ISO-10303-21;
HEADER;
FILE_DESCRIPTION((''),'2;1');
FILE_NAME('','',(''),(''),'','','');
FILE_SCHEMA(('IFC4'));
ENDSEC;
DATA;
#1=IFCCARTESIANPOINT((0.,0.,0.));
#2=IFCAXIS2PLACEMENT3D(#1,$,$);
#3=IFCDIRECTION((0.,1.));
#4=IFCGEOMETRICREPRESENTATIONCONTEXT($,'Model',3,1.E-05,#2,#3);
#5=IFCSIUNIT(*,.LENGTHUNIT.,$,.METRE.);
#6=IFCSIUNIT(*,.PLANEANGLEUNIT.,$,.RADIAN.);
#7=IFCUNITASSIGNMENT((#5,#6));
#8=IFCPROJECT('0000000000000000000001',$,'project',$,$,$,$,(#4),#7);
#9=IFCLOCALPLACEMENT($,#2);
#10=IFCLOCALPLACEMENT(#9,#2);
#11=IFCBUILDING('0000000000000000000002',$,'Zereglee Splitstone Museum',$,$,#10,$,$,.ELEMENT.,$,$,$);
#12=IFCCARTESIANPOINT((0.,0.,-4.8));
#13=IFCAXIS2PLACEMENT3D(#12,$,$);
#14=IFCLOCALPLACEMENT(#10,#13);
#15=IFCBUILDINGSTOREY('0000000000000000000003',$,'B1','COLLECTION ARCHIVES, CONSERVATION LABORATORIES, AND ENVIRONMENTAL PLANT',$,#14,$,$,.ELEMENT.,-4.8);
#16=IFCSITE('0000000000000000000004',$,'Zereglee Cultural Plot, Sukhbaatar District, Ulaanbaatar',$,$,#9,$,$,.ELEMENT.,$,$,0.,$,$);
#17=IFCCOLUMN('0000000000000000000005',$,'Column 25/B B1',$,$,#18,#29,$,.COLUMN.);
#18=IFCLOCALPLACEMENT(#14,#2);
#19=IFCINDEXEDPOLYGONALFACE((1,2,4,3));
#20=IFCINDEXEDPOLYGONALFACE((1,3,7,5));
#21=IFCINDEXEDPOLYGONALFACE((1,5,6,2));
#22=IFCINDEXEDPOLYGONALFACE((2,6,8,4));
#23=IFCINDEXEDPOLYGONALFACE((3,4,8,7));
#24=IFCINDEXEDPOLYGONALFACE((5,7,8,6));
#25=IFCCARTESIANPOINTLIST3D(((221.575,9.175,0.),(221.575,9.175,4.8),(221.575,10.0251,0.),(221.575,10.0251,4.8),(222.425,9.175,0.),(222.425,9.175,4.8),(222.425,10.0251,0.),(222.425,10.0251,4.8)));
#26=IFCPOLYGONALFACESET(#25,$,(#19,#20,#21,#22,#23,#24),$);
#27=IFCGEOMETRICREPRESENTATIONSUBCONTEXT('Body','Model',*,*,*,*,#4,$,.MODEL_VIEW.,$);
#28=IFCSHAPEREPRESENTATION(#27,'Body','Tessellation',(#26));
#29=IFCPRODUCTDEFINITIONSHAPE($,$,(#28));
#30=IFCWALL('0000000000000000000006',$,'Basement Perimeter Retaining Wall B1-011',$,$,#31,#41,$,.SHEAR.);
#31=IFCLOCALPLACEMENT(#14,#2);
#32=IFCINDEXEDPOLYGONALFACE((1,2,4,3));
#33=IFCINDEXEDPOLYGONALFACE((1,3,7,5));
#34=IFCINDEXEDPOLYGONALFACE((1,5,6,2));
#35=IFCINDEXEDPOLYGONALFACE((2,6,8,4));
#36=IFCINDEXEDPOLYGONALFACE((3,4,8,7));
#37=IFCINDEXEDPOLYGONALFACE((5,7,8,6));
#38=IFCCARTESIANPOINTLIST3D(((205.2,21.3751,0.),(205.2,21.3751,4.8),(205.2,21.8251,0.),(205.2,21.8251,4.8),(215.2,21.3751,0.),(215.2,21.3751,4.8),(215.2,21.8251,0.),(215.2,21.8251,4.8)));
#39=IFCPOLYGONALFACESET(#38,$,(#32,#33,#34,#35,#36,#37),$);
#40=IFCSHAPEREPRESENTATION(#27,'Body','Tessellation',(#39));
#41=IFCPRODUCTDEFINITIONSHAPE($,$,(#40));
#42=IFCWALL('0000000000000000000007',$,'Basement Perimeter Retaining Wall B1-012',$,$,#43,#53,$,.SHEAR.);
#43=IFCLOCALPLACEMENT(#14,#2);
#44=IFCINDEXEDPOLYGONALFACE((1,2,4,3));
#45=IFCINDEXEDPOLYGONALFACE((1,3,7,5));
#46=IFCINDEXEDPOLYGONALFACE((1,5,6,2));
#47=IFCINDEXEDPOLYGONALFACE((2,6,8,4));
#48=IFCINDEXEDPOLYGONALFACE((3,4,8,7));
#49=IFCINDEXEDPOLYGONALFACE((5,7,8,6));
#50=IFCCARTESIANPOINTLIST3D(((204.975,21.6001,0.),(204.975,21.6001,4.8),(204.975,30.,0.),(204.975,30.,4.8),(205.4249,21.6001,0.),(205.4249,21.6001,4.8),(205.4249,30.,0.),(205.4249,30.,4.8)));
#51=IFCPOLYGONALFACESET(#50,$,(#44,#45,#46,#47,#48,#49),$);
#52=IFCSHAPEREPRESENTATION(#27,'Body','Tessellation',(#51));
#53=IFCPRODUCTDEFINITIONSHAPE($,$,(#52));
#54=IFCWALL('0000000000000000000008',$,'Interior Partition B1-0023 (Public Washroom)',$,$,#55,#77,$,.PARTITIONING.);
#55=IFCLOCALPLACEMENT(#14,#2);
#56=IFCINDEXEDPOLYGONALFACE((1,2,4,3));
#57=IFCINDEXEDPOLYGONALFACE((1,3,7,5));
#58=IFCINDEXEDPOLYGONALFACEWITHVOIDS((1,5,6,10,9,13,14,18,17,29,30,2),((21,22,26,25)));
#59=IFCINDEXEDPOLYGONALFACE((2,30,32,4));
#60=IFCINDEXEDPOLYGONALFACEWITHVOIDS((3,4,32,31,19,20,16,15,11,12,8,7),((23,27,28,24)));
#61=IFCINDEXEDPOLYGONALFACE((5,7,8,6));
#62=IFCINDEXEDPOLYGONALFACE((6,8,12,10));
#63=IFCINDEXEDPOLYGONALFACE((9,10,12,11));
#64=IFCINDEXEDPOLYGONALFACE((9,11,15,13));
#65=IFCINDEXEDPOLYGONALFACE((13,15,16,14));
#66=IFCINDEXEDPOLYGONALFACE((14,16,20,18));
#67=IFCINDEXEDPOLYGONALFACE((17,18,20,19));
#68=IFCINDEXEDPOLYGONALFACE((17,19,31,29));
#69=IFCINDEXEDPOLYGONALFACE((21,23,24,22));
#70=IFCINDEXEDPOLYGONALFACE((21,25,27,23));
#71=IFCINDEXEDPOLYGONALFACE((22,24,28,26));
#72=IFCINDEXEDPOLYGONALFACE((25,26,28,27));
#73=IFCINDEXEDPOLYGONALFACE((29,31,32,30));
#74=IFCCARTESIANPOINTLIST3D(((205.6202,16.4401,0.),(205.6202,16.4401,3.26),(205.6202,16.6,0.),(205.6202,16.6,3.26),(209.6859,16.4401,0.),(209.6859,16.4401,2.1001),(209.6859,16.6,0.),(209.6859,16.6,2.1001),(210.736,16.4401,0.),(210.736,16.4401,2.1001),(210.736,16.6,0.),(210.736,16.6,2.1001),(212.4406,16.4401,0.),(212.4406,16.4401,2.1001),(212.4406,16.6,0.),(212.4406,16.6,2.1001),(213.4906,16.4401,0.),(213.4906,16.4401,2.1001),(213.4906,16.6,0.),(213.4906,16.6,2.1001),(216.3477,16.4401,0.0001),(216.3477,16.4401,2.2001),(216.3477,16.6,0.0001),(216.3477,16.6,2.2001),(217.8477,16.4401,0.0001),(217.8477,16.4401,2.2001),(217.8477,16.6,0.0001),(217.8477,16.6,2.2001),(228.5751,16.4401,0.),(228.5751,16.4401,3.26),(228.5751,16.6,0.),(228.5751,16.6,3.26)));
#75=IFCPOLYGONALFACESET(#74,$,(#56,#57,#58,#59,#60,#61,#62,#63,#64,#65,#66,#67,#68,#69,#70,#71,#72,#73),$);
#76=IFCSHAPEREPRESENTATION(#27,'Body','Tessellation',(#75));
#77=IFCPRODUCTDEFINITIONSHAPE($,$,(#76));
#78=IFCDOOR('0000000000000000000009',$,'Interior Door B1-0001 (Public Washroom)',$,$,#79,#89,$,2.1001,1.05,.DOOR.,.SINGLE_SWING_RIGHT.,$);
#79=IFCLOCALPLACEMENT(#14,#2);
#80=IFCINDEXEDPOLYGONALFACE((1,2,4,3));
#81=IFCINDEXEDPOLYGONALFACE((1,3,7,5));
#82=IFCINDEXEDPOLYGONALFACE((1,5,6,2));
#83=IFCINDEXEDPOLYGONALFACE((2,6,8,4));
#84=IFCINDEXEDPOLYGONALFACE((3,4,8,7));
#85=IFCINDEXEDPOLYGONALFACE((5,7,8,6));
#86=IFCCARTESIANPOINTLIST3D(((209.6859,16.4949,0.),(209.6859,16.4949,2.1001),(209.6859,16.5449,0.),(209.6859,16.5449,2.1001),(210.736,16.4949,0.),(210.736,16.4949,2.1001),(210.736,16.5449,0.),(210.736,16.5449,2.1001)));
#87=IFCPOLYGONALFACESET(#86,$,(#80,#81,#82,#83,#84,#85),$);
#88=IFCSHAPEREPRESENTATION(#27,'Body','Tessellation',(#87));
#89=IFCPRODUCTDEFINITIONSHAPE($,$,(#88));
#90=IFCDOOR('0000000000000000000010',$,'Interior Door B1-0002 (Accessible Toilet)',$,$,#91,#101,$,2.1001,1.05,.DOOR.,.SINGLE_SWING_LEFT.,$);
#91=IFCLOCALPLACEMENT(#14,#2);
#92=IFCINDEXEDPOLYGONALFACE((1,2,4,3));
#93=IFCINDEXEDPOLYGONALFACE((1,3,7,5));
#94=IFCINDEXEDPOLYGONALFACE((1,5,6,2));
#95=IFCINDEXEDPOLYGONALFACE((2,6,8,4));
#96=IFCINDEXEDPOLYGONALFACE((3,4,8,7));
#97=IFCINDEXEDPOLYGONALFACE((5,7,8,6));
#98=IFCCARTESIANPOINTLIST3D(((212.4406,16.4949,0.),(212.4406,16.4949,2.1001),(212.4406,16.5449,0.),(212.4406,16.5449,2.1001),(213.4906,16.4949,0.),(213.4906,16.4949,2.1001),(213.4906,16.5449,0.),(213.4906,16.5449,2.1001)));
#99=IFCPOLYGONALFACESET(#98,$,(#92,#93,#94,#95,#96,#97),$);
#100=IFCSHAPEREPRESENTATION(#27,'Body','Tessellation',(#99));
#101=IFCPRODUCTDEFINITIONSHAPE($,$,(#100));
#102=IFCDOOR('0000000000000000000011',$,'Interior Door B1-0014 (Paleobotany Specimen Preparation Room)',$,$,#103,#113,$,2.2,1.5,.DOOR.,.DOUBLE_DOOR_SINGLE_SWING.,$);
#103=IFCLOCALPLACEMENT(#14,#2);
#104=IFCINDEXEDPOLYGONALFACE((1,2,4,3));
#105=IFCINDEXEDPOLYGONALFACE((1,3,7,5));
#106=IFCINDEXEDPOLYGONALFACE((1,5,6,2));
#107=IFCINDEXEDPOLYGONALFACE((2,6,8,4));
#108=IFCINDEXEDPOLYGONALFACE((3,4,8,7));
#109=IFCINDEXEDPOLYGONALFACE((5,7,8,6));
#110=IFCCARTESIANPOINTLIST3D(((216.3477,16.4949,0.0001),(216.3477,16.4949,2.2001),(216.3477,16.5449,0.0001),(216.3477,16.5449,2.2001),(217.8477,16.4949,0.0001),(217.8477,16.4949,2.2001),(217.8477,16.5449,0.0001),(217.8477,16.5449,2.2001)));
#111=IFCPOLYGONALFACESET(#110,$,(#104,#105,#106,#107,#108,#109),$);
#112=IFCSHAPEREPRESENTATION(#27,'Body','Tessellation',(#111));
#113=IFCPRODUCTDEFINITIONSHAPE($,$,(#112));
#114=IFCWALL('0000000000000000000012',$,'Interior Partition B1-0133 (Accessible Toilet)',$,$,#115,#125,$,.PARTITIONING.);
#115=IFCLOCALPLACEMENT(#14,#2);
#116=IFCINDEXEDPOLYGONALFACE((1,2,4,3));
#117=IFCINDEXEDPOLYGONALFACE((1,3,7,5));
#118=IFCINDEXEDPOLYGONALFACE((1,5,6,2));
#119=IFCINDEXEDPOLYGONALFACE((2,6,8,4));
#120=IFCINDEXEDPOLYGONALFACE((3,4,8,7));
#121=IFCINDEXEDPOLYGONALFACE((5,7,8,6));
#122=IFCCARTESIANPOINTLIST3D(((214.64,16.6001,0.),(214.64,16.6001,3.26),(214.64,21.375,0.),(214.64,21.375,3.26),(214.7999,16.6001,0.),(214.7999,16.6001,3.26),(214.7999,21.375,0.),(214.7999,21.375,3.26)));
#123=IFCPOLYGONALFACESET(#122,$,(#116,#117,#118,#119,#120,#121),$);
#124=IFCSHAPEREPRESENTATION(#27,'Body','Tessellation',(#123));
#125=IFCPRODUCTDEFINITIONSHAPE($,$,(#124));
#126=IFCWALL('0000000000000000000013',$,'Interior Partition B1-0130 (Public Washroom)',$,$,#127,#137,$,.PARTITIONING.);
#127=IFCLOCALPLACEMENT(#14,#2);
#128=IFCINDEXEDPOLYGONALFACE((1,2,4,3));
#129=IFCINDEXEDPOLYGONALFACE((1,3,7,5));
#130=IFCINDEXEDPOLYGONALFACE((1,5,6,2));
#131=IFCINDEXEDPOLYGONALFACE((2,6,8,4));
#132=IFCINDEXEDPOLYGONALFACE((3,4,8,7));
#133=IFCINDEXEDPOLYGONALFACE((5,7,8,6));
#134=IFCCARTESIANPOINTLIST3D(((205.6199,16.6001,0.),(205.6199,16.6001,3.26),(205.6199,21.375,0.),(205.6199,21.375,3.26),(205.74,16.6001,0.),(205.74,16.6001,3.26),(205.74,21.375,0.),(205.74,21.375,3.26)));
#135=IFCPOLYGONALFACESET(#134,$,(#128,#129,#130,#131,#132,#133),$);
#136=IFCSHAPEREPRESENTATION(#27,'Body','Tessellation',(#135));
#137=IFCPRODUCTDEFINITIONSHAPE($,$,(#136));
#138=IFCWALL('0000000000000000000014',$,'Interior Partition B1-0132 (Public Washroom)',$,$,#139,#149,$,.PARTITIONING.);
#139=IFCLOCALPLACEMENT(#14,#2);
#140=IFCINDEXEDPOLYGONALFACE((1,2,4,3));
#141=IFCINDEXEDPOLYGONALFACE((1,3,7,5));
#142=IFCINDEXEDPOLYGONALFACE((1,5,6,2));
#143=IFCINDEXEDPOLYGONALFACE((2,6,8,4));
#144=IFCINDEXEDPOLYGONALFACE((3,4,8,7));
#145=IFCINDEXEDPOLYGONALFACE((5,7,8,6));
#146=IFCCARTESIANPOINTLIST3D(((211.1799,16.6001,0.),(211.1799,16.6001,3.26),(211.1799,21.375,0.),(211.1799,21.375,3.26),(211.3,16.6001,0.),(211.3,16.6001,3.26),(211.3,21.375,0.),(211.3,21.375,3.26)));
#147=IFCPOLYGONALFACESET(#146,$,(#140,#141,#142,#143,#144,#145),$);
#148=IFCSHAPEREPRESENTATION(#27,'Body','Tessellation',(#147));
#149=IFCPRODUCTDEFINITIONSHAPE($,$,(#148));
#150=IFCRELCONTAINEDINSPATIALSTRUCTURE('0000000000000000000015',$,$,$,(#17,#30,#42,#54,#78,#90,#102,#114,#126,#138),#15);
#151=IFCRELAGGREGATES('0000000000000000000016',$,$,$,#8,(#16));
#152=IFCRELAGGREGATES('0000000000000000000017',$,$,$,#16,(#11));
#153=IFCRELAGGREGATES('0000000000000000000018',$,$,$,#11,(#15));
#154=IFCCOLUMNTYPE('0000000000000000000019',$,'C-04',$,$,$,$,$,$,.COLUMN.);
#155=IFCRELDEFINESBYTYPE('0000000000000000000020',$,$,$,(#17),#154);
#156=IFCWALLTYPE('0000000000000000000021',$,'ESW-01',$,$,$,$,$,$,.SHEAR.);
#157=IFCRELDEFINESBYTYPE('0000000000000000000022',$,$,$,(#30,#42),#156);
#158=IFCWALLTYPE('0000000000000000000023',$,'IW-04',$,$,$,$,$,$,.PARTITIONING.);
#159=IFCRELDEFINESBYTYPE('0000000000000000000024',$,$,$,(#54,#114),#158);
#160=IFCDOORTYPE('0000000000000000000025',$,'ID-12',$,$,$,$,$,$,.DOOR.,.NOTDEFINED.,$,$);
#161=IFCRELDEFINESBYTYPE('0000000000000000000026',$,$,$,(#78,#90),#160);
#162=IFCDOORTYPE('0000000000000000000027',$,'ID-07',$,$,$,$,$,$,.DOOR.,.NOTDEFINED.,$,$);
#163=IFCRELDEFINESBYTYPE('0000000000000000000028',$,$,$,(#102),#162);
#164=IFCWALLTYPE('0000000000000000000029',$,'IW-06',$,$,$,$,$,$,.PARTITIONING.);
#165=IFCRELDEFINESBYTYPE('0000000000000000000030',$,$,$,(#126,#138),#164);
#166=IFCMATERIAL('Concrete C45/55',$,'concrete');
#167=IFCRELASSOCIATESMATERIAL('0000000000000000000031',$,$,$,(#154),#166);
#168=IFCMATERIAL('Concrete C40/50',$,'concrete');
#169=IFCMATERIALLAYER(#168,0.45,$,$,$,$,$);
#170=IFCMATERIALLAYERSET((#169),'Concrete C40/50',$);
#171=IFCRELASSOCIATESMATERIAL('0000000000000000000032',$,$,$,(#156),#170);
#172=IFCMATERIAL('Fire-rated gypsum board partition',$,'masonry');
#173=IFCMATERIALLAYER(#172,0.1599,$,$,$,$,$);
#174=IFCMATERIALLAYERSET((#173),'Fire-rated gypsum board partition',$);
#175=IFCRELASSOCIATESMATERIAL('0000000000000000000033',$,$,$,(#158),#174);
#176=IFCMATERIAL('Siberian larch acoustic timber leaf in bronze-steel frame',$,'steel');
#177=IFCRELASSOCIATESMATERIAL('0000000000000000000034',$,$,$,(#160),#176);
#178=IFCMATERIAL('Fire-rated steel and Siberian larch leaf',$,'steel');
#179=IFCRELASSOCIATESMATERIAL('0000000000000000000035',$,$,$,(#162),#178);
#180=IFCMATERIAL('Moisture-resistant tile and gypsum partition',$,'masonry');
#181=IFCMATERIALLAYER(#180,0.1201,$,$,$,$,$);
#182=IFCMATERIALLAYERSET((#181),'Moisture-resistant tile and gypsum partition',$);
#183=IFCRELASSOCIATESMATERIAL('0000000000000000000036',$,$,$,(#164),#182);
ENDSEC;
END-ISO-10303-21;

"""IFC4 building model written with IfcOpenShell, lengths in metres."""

from ifc_helpers import new_model, si_unit, direction, frame, frame_2d, origin, origin_2d, place, context, subcontext, project, spatial, rectangle, extrude, material, layer, layer_set, material_profile, profile_set, type_object, element, fill, save


model = new_model("IFC4")

# Units and contexts
model_context = context("Model", 3, precision=1e-05, world=origin(), true_north=direction((0.0, 1.0)))
body_context = subcontext(model_context, "Body", "Model", "MODEL_VIEW")
ifc_project = project(units=[si_unit("LENGTHUNIT", "METRE"), si_unit("PLANEANGLEUNIT", "RADIAN")], contexts=[model_context])

# Site, building, storey
site_placement = place(None, origin())
site = spatial("IfcSite", under=ifc_project, at=site_placement, Name="Zereglee Cultural Plot, Sukhbaatar District, Ulaanbaatar", CompositionType="ELEMENT", RefElevation=0.0)
building_placement = place(site_placement, origin())
building = spatial("IfcBuilding", under=site, at=building_placement, Name="Zereglee Splitstone Museum", CompositionType="ELEMENT")
storey_placement = place(building_placement, frame((0.0, 0.0, -4.8)))
storey = spatial("IfcBuildingStorey", under=building, at=storey_placement, Name="B1", Description="COLLECTION ARCHIVES, CONSERVATION LABORATORIES, AND ENVIRONMENTAL PLANT", CompositionType="ELEMENT", Elevation=-4.8)

# Shared definitions
ifc_material_1 = material(Name="Concrete C40/50", Category="concrete")

# Column
ifc_material_2 = material(Name="Concrete C45/55", Category="concrete")
ifc_material_profile_1 = material_profile(ifc_material_2, rectangle(XDim=0.8501, YDim=0.8501, at=origin_2d()), Name="RC 850x850")
ifc_profile_set_1 = profile_set([ifc_material_profile_1], Name="Concrete C45/55")
column_type_1 = type_object("IfcColumnType", Name="C-04", PredefinedType="COLUMN", material=ifc_profile_set_1)
column_1_placement = place(storey_placement, frame((222.0, 9.6001, 0.0), z_axis=(0.0, 0.0, 1.0), x_axis=(1.0, 0.0, 0.0)))
element("IfcColumn", 1, at=column_1_placement, inside=storey, type_object=column_type_1, Name="Column 25/B B1", PredefinedType="COLUMN", context=body_context, shape_type="SweptSolid", body=[
    extrude(rectangle(XDim=0.8501, YDim=0.8501, at=origin_2d()), origin(), (0.0, 0.0, 1.0), 4.8),
])

# Walls
ifc_layer_1 = layer(ifc_material_1, 0.45)
ifc_layer_set_1 = layer_set([ifc_layer_1], Name="Concrete C40/50")
wall_type_1 = type_object("IfcWallType", Name="ESW-01", PredefinedType="SHEAR", material=ifc_layer_set_1)
wall_1_placement = place(storey_placement, frame((215.2, 21.6001, 0.0), z_axis=(0.0, 0.0, 1.0), x_axis=(-1.0, 0.0, 0.0)))
element("IfcWall", 2, at=wall_1_placement, inside=storey, type_object=wall_type_1, Name="Basement Perimeter Retaining Wall B1-011", PredefinedType="SHEAR", context=body_context, shape_type="SweptSolid", body=[
    extrude(rectangle(XDim=10.0, YDim=0.45, at=frame_2d((5.0, 0.0))), origin(), (0.0, 0.0, 1.0), 4.8),
])
wall_2_placement = place(storey_placement, frame((205.2, 21.6001, 0.0), z_axis=(0.0, 0.0, 1.0), x_axis=(0.0, 1.0, 0.0)))
element("IfcWall", 3, at=wall_2_placement, inside=storey, type_object=wall_type_1, Name="Basement Perimeter Retaining Wall B1-012", PredefinedType="SHEAR", context=body_context, shape_type="SweptSolid", body=[
    extrude(rectangle(XDim=8.3999, YDim=0.45, at=frame_2d((4.2, 0.0))), origin(), (0.0, 0.0, 1.0), 4.8),
])

# Wall, openings, doors
ifc_material_3 = material(Name="Fire-rated gypsum board partition", Category="masonry")
ifc_layer_2 = layer(ifc_material_3, 0.1599)
ifc_layer_set_2 = layer_set([ifc_layer_2], Name="Fire-rated gypsum board partition")
wall_type_2 = type_object("IfcWallType", Name="IW-04", PredefinedType="PARTITIONING", material=ifc_layer_set_2)
wall_3_placement = place(storey_placement, frame((205.6201, 16.52, 0.0), z_axis=(0.0, 0.0, 1.0), x_axis=(1.0, 0.0, 0.0)))
wall_3 = element("IfcWall", 4, at=wall_3_placement, inside=storey, type_object=wall_type_2, Name="Interior Partition B1-0023 (Public Washroom)", PredefinedType="PARTITIONING", context=body_context, shape_type="SweptSolid", body=[
    extrude(rectangle(XDim=22.9548, YDim=0.1599, at=frame_2d((11.4775, 0.0))), origin(), (0.0, 0.0, 1.0), 3.26),
])
opening_1_placement = place(wall_3_placement, frame((4.0659, 0.0, 0.0)))
opening_1 = element("IfcOpeningElement", 5, at=opening_1_placement, cuts=wall_3, PredefinedType="OPENING", context=body_context, shape_type="SweptSolid", body=[
    extrude(rectangle(XDim=1.05, YDim=2.1001, at=frame_2d((0.5249, 1.05))), frame((0.0, 0.0947, 0.0), z_axis=(0.0, -1.0, 0.0), x_axis=(1.0, 0.0, 0.0)), (0.0, 0.0, 1.0), 0.1897),
])
opening_2_placement = place(wall_3_placement, frame((6.8206, 0.0, 0.0)))
opening_2 = element("IfcOpeningElement", 6, at=opening_2_placement, cuts=wall_3, PredefinedType="OPENING", context=body_context, shape_type="SweptSolid", body=[
    extrude(rectangle(XDim=1.05, YDim=2.1001, at=frame_2d((0.5249, 1.05))), frame((0.0, 0.0947, 0.0), z_axis=(0.0, -1.0, 0.0), x_axis=(1.0, 0.0, 0.0)), (0.0, 0.0, 1.0), 0.1897),
])
opening_3_placement = place(wall_3_placement, frame((10.7275, 0.0, 0.0)))
opening_3 = element("IfcOpeningElement", 7, at=opening_3_placement, cuts=wall_3, PredefinedType="OPENING", context=body_context, shape_type="SweptSolid", body=[
    extrude(rectangle(XDim=1.5, YDim=2.2, at=frame_2d((0.75, 1.1001))), frame((0.0, 0.0947, 0.0), z_axis=(0.0, -1.0, 0.0), x_axis=(1.0, 0.0, 0.0)), (0.0, 0.0, 1.0), 0.1897),
])
ifc_material_4 = material(Name="Siberian larch acoustic timber leaf in bronze-steel frame", Category="steel")
door_type_1 = type_object("IfcDoorType", Name="ID-12", OperationType="NOTDEFINED", PredefinedType="DOOR", material=ifc_material_4)
door_1_placement = place(opening_1_placement, origin())
door_1 = element("IfcDoor", 8, at=door_1_placement, inside=storey, type_object=door_type_1, Name="Interior Door B1-0001 (Public Washroom)", OperationType="SINGLE_SWING_RIGHT", OverallHeight=2.1001, OverallWidth=1.05, PredefinedType="DOOR", context=body_context, shape_type="SweptSolid", body=[
    extrude(rectangle(XDim=1.05, YDim=2.1001, at=frame_2d((0.5249, 1.05))), frame((0.0, 0.0249, 0.0), z_axis=(0.0, -1.0, 0.0), x_axis=(1.0, 0.0, 0.0)), (0.0, 0.0, 1.0), 0.05),
])
fill(opening_1, door_1)
door_2_placement = place(opening_2_placement, origin())
door_2 = element("IfcDoor", 9, at=door_2_placement, inside=storey, type_object=door_type_1, Name="Interior Door B1-0002 (Accessible Toilet)", OperationType="SINGLE_SWING_LEFT", OverallHeight=2.1001, OverallWidth=1.05, PredefinedType="DOOR", context=body_context, shape_type="SweptSolid", body=[
    extrude(rectangle(XDim=1.05, YDim=2.1001, at=frame_2d((0.5249, 1.05))), frame((0.0, 0.0249, 0.0), z_axis=(0.0, -1.0, 0.0), x_axis=(1.0, 0.0, 0.0)), (0.0, 0.0, 1.0), 0.05),
])
fill(opening_2, door_2)
ifc_material_5 = material(Name="Fire-rated steel and Siberian larch leaf", Category="steel")
door_type_2 = type_object("IfcDoorType", Name="ID-07", OperationType="NOTDEFINED", PredefinedType="DOOR", material=ifc_material_5)
door_3_placement = place(opening_3_placement, origin())
door_3 = element("IfcDoor", 10, at=door_3_placement, inside=storey, type_object=door_type_2, Name="Interior Door B1-0014 (Paleobotany Specimen Preparation Room)", OperationType="DOUBLE_DOOR_SINGLE_SWING", OverallHeight=2.2, OverallWidth=1.5, PredefinedType="DOOR", context=body_context, shape_type="SweptSolid", body=[
    extrude(rectangle(XDim=1.5, YDim=2.2, at=frame_2d((0.75, 1.1001))), frame((0.0, 0.0249, 0.0), z_axis=(0.0, -1.0, 0.0), x_axis=(1.0, 0.0, 0.0)), (0.0, 0.0, 1.0), 0.05),
])
fill(opening_3, door_3)

# Walls
wall_4_placement = place(storey_placement, frame((214.72, 16.6001, 0.0), z_axis=(0.0, 0.0, 1.0), x_axis=(0.0, 1.0, 0.0)))
element("IfcWall", 11, at=wall_4_placement, inside=storey, type_object=wall_type_2, Name="Interior Partition B1-0133 (Accessible Toilet)", PredefinedType="PARTITIONING", context=body_context, shape_type="SweptSolid", body=[
    extrude(rectangle(XDim=4.7749, YDim=0.1599, at=frame_2d((2.3875, 0.0))), origin(), (0.0, 0.0, 1.0), 3.26),
])
ifc_material_6 = material(Name="Moisture-resistant tile and gypsum partition", Category="masonry")
ifc_layer_3 = layer(ifc_material_6, 0.1201)
ifc_layer_set_3 = layer_set([ifc_layer_3], Name="Moisture-resistant tile and gypsum partition")
wall_type_3 = type_object("IfcWallType", Name="IW-06", PredefinedType="PARTITIONING", material=ifc_layer_set_3)
for number, where, z_axis, x_axis, name in (
    (12, (205.6799, 16.6001, 0.0), (0.0, 0.0, 1.0), (0.0, 1.0, 0.0), "Interior Partition B1-0130 (Public Washroom)"),
    (13, (211.24, 16.6001, 0.0), (0.0, 0.0, 1.0), (0.0, 1.0, 0.0), "Interior Partition B1-0132 (Public Washroom)"),
):
    element("IfcWall", number, at=place(storey_placement, frame(where, z_axis=z_axis, x_axis=x_axis)), inside=storey, type_object=wall_type_3, Name=name, PredefinedType="PARTITIONING", context=body_context, shape_type="SweptSolid", body=[
        extrude(rectangle(XDim=4.7749, YDim=0.1201, at=frame_2d((2.3875, 0.0))), origin(), (0.0, 0.0, 1.0), 3.26),
    ])

save(model, "model.ifc")
